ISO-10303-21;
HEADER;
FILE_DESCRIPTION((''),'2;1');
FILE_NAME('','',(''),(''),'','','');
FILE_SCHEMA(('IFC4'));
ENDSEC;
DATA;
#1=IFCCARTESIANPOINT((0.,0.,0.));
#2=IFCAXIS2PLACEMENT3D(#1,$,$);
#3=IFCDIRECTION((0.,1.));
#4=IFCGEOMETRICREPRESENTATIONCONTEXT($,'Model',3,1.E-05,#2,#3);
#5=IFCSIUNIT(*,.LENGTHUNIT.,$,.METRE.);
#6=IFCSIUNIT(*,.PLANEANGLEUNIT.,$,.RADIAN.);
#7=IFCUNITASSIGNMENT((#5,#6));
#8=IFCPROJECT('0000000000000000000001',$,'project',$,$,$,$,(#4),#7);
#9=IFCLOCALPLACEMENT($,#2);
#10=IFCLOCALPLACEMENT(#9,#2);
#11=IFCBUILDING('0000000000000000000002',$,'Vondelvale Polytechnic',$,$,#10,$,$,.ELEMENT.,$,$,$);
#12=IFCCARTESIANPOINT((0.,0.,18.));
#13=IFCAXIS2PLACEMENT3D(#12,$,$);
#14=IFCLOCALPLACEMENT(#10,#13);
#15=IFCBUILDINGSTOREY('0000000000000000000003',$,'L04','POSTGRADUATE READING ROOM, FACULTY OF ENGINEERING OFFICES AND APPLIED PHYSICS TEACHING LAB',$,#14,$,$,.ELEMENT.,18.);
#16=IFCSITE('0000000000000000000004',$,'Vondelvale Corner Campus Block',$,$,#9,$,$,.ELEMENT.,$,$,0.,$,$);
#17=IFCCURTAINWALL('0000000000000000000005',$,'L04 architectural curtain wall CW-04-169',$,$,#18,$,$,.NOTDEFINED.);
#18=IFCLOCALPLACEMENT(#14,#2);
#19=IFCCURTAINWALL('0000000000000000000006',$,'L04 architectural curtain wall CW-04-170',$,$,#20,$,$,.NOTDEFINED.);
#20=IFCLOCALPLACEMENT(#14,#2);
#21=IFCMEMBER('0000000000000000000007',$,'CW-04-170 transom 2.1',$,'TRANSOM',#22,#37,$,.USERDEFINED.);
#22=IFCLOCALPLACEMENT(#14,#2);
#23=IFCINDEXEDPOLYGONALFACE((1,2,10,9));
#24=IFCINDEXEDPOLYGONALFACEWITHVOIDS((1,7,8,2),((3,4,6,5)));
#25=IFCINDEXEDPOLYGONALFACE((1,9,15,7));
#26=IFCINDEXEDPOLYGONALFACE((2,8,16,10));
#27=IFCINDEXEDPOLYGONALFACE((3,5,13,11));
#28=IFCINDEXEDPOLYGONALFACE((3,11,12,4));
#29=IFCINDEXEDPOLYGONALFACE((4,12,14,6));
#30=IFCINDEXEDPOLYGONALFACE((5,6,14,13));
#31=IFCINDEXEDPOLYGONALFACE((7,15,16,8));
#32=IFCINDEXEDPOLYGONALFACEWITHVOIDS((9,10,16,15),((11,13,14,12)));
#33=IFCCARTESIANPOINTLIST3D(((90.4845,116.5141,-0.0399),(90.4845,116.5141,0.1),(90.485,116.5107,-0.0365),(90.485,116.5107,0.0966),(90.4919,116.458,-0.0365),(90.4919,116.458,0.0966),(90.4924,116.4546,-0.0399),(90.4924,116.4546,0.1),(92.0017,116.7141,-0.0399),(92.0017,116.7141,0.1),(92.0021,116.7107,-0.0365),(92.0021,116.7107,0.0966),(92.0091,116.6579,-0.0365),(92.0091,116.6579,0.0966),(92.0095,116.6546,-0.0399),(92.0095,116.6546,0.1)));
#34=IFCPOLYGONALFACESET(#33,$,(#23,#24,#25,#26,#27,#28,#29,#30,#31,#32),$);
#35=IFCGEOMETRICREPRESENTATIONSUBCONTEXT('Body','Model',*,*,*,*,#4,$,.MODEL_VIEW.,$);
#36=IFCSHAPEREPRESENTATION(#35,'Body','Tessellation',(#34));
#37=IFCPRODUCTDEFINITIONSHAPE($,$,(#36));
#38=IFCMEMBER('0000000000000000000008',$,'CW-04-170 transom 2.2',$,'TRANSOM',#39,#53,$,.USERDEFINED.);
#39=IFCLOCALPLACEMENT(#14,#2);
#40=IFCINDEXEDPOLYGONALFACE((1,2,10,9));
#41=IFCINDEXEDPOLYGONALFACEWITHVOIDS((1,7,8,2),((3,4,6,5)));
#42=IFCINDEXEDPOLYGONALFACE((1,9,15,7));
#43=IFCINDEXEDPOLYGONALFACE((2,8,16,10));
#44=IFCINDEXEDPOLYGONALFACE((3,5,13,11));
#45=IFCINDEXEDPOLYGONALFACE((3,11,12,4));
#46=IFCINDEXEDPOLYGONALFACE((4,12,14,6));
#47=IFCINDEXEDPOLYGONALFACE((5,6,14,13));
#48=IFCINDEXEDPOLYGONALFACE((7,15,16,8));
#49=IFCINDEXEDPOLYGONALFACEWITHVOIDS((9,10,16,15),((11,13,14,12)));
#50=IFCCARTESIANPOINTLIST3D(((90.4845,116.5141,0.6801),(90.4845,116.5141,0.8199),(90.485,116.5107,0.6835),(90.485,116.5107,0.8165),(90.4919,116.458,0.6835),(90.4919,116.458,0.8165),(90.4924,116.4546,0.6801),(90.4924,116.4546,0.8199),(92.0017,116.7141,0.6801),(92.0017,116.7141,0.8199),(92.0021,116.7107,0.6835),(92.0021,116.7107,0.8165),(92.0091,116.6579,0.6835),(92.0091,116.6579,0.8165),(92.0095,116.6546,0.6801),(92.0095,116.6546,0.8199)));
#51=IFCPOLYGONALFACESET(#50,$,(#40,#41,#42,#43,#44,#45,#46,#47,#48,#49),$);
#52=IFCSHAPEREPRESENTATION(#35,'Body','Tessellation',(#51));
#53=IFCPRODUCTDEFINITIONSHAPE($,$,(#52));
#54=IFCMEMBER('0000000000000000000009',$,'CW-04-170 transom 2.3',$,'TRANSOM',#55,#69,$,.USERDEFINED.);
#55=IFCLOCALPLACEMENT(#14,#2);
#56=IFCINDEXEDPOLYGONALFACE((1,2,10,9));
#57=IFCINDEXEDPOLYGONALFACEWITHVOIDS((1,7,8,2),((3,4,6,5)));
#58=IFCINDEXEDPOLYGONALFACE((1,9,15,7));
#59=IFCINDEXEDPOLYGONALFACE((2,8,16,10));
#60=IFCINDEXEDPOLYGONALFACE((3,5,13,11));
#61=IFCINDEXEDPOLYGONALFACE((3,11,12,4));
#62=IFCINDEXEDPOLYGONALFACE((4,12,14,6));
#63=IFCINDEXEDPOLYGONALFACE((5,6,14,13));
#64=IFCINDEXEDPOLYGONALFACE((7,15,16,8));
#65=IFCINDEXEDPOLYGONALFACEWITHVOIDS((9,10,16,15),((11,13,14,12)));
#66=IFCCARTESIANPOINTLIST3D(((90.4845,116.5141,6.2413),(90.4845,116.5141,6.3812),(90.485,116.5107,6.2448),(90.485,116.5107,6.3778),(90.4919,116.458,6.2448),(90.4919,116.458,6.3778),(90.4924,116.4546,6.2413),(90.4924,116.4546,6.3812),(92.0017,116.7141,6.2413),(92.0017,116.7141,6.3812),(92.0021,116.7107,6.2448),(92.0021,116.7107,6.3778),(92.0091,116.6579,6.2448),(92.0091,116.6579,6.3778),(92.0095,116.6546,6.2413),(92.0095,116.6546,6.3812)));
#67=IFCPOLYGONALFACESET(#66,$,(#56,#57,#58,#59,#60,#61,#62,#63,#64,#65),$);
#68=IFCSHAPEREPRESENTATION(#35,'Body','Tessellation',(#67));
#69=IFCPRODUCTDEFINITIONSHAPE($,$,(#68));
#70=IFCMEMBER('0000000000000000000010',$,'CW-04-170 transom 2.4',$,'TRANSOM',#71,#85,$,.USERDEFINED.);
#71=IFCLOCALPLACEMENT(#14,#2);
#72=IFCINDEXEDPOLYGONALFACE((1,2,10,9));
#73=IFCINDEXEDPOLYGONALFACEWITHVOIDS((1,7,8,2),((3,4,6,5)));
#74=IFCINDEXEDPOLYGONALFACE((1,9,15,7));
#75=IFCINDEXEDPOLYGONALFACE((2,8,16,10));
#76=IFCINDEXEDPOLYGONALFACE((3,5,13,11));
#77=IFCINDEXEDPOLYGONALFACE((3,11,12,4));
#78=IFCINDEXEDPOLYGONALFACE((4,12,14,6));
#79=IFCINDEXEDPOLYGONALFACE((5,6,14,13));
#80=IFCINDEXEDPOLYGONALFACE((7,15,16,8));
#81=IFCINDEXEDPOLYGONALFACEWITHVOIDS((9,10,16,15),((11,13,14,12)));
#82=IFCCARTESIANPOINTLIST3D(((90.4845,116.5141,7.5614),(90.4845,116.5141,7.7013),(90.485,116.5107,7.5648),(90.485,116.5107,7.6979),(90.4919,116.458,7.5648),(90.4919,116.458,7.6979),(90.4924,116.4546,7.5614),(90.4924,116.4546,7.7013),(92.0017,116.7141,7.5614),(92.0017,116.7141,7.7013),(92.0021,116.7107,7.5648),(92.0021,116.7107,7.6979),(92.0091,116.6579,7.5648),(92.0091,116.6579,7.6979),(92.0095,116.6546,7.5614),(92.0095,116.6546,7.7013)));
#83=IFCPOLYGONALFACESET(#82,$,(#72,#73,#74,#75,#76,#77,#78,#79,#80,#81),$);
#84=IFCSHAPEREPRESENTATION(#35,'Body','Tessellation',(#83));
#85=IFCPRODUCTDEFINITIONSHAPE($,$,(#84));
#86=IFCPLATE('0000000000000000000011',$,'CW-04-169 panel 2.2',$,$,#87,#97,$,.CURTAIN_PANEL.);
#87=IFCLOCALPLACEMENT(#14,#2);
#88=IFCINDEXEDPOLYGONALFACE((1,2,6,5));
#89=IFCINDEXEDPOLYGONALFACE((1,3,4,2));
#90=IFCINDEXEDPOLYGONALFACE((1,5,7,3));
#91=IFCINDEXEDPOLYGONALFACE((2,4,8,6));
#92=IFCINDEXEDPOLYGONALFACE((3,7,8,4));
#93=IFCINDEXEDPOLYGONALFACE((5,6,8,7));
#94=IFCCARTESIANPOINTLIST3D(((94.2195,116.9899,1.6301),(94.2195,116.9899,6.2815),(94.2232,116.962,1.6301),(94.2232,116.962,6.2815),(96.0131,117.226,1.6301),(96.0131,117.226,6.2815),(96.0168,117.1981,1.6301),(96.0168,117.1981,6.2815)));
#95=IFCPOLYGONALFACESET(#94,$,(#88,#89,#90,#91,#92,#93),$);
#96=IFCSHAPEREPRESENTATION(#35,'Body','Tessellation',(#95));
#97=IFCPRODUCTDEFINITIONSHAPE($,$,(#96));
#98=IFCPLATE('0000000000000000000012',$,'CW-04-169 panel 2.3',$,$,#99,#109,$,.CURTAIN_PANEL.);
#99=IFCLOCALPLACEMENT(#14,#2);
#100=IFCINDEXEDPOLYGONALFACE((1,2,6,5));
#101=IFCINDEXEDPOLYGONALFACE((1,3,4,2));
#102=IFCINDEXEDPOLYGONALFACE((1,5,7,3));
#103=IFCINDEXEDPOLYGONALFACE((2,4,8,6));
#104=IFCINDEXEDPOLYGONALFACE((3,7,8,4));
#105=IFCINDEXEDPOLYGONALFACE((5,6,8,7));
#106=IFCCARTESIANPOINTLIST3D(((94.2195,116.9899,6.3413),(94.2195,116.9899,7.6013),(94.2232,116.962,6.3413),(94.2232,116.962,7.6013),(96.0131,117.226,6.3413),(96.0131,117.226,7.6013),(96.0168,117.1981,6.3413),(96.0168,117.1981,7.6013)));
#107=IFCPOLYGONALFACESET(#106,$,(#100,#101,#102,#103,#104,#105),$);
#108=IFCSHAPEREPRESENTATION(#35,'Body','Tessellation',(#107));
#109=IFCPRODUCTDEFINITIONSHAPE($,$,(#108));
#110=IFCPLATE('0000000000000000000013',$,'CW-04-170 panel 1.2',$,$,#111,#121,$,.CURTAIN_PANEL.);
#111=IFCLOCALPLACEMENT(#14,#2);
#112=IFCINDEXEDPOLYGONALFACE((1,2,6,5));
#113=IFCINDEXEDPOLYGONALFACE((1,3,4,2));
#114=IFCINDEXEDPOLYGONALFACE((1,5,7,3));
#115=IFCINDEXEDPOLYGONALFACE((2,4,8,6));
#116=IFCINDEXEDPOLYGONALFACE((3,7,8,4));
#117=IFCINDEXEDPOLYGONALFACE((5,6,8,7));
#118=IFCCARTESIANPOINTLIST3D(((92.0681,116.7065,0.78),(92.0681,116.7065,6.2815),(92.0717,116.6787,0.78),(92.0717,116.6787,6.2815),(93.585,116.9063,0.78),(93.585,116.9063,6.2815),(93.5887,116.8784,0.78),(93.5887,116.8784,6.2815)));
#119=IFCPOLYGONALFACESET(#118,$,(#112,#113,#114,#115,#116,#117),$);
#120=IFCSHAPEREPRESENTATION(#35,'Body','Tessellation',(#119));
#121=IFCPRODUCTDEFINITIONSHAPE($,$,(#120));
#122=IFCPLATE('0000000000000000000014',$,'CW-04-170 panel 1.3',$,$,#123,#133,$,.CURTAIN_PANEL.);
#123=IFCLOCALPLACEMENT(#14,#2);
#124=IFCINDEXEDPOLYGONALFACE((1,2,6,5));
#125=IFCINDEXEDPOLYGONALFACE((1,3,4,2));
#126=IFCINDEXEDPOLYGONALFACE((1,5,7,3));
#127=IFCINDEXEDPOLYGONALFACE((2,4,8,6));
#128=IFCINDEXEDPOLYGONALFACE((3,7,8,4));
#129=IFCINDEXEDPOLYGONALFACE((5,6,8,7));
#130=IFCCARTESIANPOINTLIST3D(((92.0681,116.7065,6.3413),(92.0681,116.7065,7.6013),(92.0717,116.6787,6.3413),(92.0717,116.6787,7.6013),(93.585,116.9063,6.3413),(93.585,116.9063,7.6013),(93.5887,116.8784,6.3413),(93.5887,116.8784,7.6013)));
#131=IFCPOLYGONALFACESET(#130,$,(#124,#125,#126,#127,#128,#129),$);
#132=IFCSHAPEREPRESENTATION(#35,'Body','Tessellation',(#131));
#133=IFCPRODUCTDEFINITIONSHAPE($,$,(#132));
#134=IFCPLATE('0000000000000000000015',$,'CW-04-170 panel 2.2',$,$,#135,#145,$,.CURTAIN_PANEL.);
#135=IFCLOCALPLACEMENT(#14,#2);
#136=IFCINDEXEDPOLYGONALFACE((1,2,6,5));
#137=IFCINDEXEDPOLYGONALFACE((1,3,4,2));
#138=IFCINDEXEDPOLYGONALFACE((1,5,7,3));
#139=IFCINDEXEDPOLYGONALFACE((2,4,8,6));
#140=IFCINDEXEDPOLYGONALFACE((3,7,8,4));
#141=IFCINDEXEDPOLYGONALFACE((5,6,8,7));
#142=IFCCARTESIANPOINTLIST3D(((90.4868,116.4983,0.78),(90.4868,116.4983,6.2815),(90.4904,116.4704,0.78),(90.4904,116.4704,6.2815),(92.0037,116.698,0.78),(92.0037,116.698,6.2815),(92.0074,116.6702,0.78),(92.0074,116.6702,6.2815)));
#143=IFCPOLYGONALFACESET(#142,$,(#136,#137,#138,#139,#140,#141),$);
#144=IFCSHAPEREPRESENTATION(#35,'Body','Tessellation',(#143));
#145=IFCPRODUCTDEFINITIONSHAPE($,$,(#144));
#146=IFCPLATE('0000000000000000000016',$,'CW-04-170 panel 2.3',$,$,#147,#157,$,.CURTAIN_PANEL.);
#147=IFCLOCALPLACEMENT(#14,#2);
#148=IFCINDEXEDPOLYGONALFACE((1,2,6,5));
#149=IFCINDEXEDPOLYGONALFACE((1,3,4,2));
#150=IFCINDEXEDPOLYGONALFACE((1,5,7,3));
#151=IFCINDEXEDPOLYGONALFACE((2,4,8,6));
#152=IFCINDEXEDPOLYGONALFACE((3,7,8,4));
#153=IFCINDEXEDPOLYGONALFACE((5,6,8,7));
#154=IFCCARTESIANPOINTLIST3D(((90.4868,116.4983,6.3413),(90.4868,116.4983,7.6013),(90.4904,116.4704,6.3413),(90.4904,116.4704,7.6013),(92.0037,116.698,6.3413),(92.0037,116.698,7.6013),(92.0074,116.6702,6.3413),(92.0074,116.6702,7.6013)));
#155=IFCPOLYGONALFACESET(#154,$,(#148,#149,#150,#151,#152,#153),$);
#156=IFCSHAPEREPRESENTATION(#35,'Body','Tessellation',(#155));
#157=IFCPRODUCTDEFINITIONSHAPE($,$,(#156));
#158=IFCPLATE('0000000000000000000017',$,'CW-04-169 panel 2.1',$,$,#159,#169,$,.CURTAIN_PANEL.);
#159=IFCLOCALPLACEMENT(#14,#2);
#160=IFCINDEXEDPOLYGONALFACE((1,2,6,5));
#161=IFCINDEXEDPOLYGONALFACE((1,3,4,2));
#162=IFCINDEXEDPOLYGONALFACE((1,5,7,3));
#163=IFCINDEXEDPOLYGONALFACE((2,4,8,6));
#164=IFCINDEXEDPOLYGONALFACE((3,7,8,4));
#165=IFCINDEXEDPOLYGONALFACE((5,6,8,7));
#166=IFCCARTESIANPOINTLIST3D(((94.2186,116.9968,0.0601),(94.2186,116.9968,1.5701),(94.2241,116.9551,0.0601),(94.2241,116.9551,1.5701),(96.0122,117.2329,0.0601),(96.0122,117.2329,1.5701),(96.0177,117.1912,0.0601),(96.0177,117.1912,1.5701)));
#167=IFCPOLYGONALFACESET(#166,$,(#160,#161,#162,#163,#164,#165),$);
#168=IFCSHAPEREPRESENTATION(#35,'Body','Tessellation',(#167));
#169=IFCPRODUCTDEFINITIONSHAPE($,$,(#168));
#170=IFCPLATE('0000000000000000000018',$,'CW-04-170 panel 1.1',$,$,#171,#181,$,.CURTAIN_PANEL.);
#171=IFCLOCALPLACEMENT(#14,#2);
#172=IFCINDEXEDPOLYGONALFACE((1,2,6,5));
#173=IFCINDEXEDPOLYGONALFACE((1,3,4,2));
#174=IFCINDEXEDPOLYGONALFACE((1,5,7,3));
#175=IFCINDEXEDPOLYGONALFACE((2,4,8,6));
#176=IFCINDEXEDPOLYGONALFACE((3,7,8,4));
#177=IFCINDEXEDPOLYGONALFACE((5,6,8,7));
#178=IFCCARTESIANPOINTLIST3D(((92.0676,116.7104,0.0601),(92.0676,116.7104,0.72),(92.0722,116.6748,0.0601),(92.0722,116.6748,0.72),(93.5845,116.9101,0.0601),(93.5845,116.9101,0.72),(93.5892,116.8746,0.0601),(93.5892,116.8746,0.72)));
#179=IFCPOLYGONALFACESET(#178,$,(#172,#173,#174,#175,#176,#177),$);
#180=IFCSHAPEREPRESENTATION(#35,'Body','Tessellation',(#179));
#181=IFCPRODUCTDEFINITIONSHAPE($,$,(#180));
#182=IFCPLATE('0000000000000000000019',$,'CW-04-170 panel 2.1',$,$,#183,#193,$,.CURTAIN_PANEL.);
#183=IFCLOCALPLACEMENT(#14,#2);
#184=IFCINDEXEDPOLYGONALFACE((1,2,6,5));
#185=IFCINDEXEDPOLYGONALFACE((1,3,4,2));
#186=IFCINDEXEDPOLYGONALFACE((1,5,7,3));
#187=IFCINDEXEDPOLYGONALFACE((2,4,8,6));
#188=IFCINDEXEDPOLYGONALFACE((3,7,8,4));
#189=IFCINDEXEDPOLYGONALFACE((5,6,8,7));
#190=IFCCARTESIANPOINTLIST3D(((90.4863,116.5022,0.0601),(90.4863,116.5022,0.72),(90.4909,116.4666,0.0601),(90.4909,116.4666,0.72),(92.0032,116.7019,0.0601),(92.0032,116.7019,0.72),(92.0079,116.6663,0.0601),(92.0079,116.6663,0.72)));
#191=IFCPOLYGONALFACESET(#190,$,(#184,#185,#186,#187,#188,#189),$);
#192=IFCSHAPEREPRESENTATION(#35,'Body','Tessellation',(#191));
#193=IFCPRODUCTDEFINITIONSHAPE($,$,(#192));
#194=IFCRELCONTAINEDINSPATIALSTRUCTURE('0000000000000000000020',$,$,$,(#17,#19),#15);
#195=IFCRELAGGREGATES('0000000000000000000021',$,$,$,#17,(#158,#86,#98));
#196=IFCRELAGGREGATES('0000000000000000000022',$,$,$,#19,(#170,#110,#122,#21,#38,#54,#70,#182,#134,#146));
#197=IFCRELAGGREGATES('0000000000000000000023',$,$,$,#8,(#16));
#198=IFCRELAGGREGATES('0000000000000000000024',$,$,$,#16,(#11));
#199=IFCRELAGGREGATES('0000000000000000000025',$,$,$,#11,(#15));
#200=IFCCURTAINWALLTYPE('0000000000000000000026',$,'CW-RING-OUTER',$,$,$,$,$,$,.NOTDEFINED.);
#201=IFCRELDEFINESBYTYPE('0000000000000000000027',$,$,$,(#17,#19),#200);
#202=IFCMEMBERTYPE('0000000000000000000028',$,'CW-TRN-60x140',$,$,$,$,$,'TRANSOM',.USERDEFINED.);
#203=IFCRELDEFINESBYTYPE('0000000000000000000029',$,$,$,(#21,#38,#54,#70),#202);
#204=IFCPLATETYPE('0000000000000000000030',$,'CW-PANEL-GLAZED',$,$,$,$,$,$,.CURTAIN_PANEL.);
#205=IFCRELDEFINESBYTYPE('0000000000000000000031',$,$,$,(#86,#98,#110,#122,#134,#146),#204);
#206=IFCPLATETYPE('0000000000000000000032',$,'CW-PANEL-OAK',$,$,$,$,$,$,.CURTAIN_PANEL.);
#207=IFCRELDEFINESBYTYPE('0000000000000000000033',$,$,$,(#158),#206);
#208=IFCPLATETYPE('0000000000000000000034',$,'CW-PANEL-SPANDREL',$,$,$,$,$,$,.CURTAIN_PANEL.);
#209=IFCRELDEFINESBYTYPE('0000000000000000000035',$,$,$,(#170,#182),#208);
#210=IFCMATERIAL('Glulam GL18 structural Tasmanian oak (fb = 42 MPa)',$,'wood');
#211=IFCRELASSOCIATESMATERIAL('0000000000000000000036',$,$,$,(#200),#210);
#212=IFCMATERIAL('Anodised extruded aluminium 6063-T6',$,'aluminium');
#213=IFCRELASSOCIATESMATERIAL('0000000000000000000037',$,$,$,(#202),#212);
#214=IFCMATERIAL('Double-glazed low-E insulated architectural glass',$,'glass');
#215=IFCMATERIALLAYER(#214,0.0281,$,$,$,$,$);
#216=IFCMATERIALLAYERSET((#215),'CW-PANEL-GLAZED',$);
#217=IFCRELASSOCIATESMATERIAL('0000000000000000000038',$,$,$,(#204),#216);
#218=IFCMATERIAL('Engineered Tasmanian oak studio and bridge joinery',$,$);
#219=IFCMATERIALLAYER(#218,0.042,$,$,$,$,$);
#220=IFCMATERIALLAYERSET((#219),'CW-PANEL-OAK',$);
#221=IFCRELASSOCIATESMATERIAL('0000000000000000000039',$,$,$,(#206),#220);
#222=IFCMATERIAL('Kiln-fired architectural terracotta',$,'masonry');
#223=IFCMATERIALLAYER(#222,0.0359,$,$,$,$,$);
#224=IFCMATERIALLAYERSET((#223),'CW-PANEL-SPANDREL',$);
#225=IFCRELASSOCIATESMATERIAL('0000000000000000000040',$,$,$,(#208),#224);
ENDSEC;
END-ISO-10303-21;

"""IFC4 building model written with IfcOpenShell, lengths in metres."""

from ifc_helpers import new_model, si_unit, direction, frame, origin, origin_2d, place, context, subcontext, project, spatial, rectangle, hollow_rectangle, extrude, material, layer, layer_set, material_profile, profile_set, type_object, element, aggregate, save


model = new_model("IFC4")

# Units and contexts
model_context = context("Model", 3, precision=1e-05, world=origin(), true_north=direction((0.0, 1.0)))
body_context = subcontext(model_context, "Body", "Model", "MODEL_VIEW")
ifc_project = project(units=[si_unit("LENGTHUNIT", "METRE"), si_unit("PLANEANGLEUNIT", "RADIAN")], contexts=[model_context])

# Site, building, storey
site_placement = place(None, origin())
site = spatial("IfcSite", under=ifc_project, at=site_placement, Name="Vondelvale Corner Campus Block", CompositionType="ELEMENT", RefElevation=0.0)
building_placement = place(site_placement, origin())
building = spatial("IfcBuilding", under=site, at=building_placement, Name="Vondelvale Polytechnic", CompositionType="ELEMENT")
storey_placement = place(building_placement, frame((0.0, 0.0, 18.0)))
storey = spatial("IfcBuildingStorey", under=building, at=storey_placement, Name="L04", Description="POSTGRADUATE READING ROOM, FACULTY OF ENGINEERING OFFICES AND APPLIED PHYSICS TEACHING LAB", CompositionType="ELEMENT", Elevation=18.0)

# Shared definitions
ifc_material_1 = material(Name="Glulam GL18 structural Tasmanian oak (fb = 42 MPa)", Category="wood")

# Curtain wall
curtain_wall_type = type_object("IfcCurtainWallType", Name="CW-RING-OUTER", PredefinedType="NOTDEFINED", material=ifc_material_1)
curtain_wall_1_placement = place(storey_placement, origin())
curtain_wall_1 = element("IfcCurtainWall", 1, at=curtain_wall_1_placement, inside=storey, type_object=curtain_wall_type, Name="L04 architectural curtain wall CW-04-169", PredefinedType="NOTDEFINED")
ifc_material_2 = material(Name="Anodised extruded aluminium 6063-T6", Category="aluminium")

# Curtain wall
curtain_wall_2_placement = place(storey_placement, origin())
curtain_wall_2 = element("IfcCurtainWall", 2, at=curtain_wall_2_placement, inside=storey, type_object=curtain_wall_type, Name="L04 architectural curtain wall CW-04-170", PredefinedType="NOTDEFINED")

# Members
ifc_material_profile_1 = material_profile(ifc_material_2, hollow_rectangle(XDim=0.0601, YDim=0.1399, WallThickness=0.0034, at=origin_2d()), Name="CW-TRN-140x60")
ifc_profile_set_1 = profile_set([ifc_material_profile_1], Name="Anodised extruded aluminium 6063-T6")
member_type_1 = type_object("IfcMemberType", Name="CW-TRN-60x140", ElementType="TRANSOM", PredefinedType="USERDEFINED", material=ifc_profile_set_1)
member_1_placement = place(storey_placement, frame((92.0056, 116.6843, 0.03), z_axis=(-0.991426, -0.130669, 0.0), x_axis=(0.130669, -0.991426, 0.0)))
member_1 = element("IfcMember", 3, at=member_1_placement, type_object=member_type_1, Name="CW-04-170 transom 2.1", ObjectType="TRANSOM", PredefinedType="USERDEFINED", context=body_context, shape_type="SweptSolid", body=[
    extrude(hollow_rectangle(XDim=0.0601, YDim=0.1399, WallThickness=0.0034, at=origin_2d()), origin(), (0.0, 0.0, 1.0), 1.5303),
])
member_2_placement = place(storey_placement, frame((92.0056, 116.6843, 0.75), z_axis=(-0.991426, -0.130669, 0.0), x_axis=(0.130669, -0.991426, 0.0)))
member_2 = element("IfcMember", 4, at=member_2_placement, type_object=member_type_1, Name="CW-04-170 transom 2.2", ObjectType="TRANSOM", PredefinedType="USERDEFINED", context=body_context, shape_type="SweptSolid", body=[
    extrude(hollow_rectangle(XDim=0.0601, YDim=0.1399, WallThickness=0.0034, at=origin_2d()), origin(), (0.0, 0.0, 1.0), 1.5303),
])
member_3_placement = place(storey_placement, frame((92.0056, 116.6843, 6.3113), z_axis=(-0.991426, -0.130669, 0.0), x_axis=(0.130669, -0.991426, 0.0)))
member_3 = element("IfcMember", 5, at=member_3_placement, type_object=member_type_1, Name="CW-04-170 transom 2.3", ObjectType="TRANSOM", PredefinedType="USERDEFINED", context=body_context, shape_type="SweptSolid", body=[
    extrude(hollow_rectangle(XDim=0.0601, YDim=0.1399, WallThickness=0.0034, at=origin_2d()), origin(), (0.0, 0.0, 1.0), 1.5303),
])
member_4_placement = place(storey_placement, frame((92.0056, 116.6843, 7.6313), z_axis=(-0.991426, -0.130669, 0.0), x_axis=(0.130669, -0.991426, 0.0)))
member_4 = element("IfcMember", 6, at=member_4_placement, type_object=member_type_1, Name="CW-04-170 transom 2.4", ObjectType="TRANSOM", PredefinedType="USERDEFINED", context=body_context, shape_type="SweptSolid", body=[
    extrude(hollow_rectangle(XDim=0.0601, YDim=0.1399, WallThickness=0.0034, at=origin_2d()), origin(), (0.0, 0.0, 1.0), 1.5303),
])

# Plates
ifc_material_3 = material(Name="Double-glazed low-E insulated architectural glass", Category="glass")
ifc_layer_1 = layer(ifc_material_3, 0.0281)
ifc_layer_set_1 = layer_set([ifc_layer_1], Name="CW-PANEL-GLAZED")
plate_type_1 = type_object("IfcPlateType", Name="CW-PANEL-GLAZED", PredefinedType="CURTAIN_PANEL", material=ifc_layer_set_1)
plate_1_placement = place(storey_placement, frame((95.1182, 117.094, 1.6301), z_axis=(0.0, 0.0, 1.0), x_axis=(-0.991449, -0.130497, 0.0)))
plate_1 = element("IfcPlate", 7, at=plate_1_placement, type_object=plate_type_1, Name="CW-04-169 panel 2.2", PredefinedType="CURTAIN_PANEL", context=body_context, shape_type="SweptSolid", body=[
    extrude(rectangle(XDim=1.8091, YDim=0.0281, at=origin_2d()), origin(), (0.0, 0.0, 1.0), 4.6514),
])
plate_2_placement = place(storey_placement, frame((95.1182, 117.094, 6.3413), z_axis=(0.0, 0.0, 1.0), x_axis=(-0.991449, -0.130497, 0.0)))
plate_2 = element("IfcPlate", 8, at=plate_2_placement, type_object=plate_type_1, Name="CW-04-169 panel 2.3", PredefinedType="CURTAIN_PANEL", context=body_context, shape_type="SweptSolid", body=[
    extrude(rectangle(XDim=1.8091, YDim=0.0281, at=origin_2d()), origin(), (0.0, 0.0, 1.0), 1.26),
])
plate_3_placement = place(storey_placement, frame((92.8284, 116.7925, 0.78), z_axis=(0.0, 0.0, 1.0), x_axis=(-0.991443, -0.13054, 0.0)))
plate_3 = element("IfcPlate", 9, at=plate_3_placement, type_object=plate_type_1, Name="CW-04-170 panel 1.2", PredefinedType="CURTAIN_PANEL", context=body_context, shape_type="SweptSolid", body=[
    extrude(rectangle(XDim=1.53, YDim=0.0281, at=origin_2d()), origin(), (0.0, 0.0, 1.0), 5.5015),
])
plate_4_placement = place(storey_placement, frame((92.8284, 116.7925, 6.3413), z_axis=(0.0, 0.0, 1.0), x_axis=(-0.991443, -0.13054, 0.0)))
plate_4 = element("IfcPlate", 10, at=plate_4_placement, type_object=plate_type_1, Name="CW-04-170 panel 1.3", PredefinedType="CURTAIN_PANEL", context=body_context, shape_type="SweptSolid", body=[
    extrude(rectangle(XDim=1.53, YDim=0.0281, at=origin_2d()), origin(), (0.0, 0.0, 1.0), 1.26),
])
plate_5_placement = place(storey_placement, frame((91.2471, 116.5842, 0.78), z_axis=(0.0, 0.0, 1.0), x_axis=(-0.991443, -0.13054, 0.0)))
plate_5 = element("IfcPlate", 11, at=plate_5_placement, type_object=plate_type_1, Name="CW-04-170 panel 2.2", PredefinedType="CURTAIN_PANEL", context=body_context, shape_type="SweptSolid", body=[
    extrude(rectangle(XDim=1.53, YDim=0.0281, at=origin_2d()), origin(), (0.0, 0.0, 1.0), 5.5015),
])
plate_6_placement = place(storey_placement, frame((91.2471, 116.5842, 6.3413), z_axis=(0.0, 0.0, 1.0), x_axis=(-0.991443, -0.13054, 0.0)))
plate_6 = element("IfcPlate", 12, at=plate_6_placement, type_object=plate_type_1, Name="CW-04-170 panel 2.3", PredefinedType="CURTAIN_PANEL", context=body_context, shape_type="SweptSolid", body=[
    extrude(rectangle(XDim=1.53, YDim=0.0281, at=origin_2d()), origin(), (0.0, 0.0, 1.0), 1.26),
])
ifc_material_4 = material(Name="Engineered Tasmanian oak studio and bridge joinery")
ifc_layer_2 = layer(ifc_material_4, 0.042)
ifc_layer_set_2 = layer_set([ifc_layer_2], Name="CW-PANEL-OAK")
plate_type_2 = type_object("IfcPlateType", Name="CW-PANEL-OAK", PredefinedType="CURTAIN_PANEL", material=ifc_layer_set_2)
plate_7_placement = place(storey_placement, frame((95.1182, 117.094, 0.0601), z_axis=(0.0, 0.0, 1.0), x_axis=(-0.991449, -0.130497, 0.0)))
plate_7 = element("IfcPlate", 13, at=plate_7_placement, type_object=plate_type_2, Name="CW-04-169 panel 2.1", PredefinedType="CURTAIN_PANEL", context=body_context, shape_type="SweptSolid", body=[
    extrude(rectangle(XDim=1.8091, YDim=0.042, at=origin_2d()), origin(), (0.0, 0.0, 1.0), 1.51),
])
aggregate(curtain_wall_1, [plate_7, plate_1, plate_2])
ifc_material_5 = material(Name="Kiln-fired architectural terracotta", Category="masonry")
ifc_layer_3 = layer(ifc_material_5, 0.0359)
ifc_layer_set_3 = layer_set([ifc_layer_3], Name="CW-PANEL-SPANDREL")
plate_type_3 = type_object("IfcPlateType", Name="CW-PANEL-SPANDREL", PredefinedType="CURTAIN_PANEL", material=ifc_layer_set_3)
plate_8_placement = place(storey_placement, frame((92.8284, 116.7925, 0.0601), z_axis=(0.0, 0.0, 1.0), x_axis=(-0.991443, -0.13054, 0.0)))
plate_8 = element("IfcPlate", 14, at=plate_8_placement, type_object=plate_type_3, Name="CW-04-170 panel 1.1", PredefinedType="CURTAIN_PANEL", context=body_context, shape_type="SweptSolid", body=[
    extrude(rectangle(XDim=1.53, YDim=0.0359, at=origin_2d()), origin(), (0.0, 0.0, 1.0), 0.6599),
])
plate_9_placement = place(storey_placement, frame((91.2471, 116.5842, 0.0601), z_axis=(0.0, 0.0, 1.0), x_axis=(-0.991443, -0.13054, 0.0)))
plate_9 = element("IfcPlate", 15, at=plate_9_placement, type_object=plate_type_3, Name="CW-04-170 panel 2.1", PredefinedType="CURTAIN_PANEL", context=body_context, shape_type="SweptSolid", body=[
    extrude(rectangle(XDim=1.53, YDim=0.0359, at=origin_2d()), origin(), (0.0, 0.0, 1.0), 0.6599),
])
aggregate(curtain_wall_2, [plate_8, plate_3, plate_4, member_1, member_2, member_3, member_4, plate_9, plate_5, plate_6])

save(model, "model.ifc")
